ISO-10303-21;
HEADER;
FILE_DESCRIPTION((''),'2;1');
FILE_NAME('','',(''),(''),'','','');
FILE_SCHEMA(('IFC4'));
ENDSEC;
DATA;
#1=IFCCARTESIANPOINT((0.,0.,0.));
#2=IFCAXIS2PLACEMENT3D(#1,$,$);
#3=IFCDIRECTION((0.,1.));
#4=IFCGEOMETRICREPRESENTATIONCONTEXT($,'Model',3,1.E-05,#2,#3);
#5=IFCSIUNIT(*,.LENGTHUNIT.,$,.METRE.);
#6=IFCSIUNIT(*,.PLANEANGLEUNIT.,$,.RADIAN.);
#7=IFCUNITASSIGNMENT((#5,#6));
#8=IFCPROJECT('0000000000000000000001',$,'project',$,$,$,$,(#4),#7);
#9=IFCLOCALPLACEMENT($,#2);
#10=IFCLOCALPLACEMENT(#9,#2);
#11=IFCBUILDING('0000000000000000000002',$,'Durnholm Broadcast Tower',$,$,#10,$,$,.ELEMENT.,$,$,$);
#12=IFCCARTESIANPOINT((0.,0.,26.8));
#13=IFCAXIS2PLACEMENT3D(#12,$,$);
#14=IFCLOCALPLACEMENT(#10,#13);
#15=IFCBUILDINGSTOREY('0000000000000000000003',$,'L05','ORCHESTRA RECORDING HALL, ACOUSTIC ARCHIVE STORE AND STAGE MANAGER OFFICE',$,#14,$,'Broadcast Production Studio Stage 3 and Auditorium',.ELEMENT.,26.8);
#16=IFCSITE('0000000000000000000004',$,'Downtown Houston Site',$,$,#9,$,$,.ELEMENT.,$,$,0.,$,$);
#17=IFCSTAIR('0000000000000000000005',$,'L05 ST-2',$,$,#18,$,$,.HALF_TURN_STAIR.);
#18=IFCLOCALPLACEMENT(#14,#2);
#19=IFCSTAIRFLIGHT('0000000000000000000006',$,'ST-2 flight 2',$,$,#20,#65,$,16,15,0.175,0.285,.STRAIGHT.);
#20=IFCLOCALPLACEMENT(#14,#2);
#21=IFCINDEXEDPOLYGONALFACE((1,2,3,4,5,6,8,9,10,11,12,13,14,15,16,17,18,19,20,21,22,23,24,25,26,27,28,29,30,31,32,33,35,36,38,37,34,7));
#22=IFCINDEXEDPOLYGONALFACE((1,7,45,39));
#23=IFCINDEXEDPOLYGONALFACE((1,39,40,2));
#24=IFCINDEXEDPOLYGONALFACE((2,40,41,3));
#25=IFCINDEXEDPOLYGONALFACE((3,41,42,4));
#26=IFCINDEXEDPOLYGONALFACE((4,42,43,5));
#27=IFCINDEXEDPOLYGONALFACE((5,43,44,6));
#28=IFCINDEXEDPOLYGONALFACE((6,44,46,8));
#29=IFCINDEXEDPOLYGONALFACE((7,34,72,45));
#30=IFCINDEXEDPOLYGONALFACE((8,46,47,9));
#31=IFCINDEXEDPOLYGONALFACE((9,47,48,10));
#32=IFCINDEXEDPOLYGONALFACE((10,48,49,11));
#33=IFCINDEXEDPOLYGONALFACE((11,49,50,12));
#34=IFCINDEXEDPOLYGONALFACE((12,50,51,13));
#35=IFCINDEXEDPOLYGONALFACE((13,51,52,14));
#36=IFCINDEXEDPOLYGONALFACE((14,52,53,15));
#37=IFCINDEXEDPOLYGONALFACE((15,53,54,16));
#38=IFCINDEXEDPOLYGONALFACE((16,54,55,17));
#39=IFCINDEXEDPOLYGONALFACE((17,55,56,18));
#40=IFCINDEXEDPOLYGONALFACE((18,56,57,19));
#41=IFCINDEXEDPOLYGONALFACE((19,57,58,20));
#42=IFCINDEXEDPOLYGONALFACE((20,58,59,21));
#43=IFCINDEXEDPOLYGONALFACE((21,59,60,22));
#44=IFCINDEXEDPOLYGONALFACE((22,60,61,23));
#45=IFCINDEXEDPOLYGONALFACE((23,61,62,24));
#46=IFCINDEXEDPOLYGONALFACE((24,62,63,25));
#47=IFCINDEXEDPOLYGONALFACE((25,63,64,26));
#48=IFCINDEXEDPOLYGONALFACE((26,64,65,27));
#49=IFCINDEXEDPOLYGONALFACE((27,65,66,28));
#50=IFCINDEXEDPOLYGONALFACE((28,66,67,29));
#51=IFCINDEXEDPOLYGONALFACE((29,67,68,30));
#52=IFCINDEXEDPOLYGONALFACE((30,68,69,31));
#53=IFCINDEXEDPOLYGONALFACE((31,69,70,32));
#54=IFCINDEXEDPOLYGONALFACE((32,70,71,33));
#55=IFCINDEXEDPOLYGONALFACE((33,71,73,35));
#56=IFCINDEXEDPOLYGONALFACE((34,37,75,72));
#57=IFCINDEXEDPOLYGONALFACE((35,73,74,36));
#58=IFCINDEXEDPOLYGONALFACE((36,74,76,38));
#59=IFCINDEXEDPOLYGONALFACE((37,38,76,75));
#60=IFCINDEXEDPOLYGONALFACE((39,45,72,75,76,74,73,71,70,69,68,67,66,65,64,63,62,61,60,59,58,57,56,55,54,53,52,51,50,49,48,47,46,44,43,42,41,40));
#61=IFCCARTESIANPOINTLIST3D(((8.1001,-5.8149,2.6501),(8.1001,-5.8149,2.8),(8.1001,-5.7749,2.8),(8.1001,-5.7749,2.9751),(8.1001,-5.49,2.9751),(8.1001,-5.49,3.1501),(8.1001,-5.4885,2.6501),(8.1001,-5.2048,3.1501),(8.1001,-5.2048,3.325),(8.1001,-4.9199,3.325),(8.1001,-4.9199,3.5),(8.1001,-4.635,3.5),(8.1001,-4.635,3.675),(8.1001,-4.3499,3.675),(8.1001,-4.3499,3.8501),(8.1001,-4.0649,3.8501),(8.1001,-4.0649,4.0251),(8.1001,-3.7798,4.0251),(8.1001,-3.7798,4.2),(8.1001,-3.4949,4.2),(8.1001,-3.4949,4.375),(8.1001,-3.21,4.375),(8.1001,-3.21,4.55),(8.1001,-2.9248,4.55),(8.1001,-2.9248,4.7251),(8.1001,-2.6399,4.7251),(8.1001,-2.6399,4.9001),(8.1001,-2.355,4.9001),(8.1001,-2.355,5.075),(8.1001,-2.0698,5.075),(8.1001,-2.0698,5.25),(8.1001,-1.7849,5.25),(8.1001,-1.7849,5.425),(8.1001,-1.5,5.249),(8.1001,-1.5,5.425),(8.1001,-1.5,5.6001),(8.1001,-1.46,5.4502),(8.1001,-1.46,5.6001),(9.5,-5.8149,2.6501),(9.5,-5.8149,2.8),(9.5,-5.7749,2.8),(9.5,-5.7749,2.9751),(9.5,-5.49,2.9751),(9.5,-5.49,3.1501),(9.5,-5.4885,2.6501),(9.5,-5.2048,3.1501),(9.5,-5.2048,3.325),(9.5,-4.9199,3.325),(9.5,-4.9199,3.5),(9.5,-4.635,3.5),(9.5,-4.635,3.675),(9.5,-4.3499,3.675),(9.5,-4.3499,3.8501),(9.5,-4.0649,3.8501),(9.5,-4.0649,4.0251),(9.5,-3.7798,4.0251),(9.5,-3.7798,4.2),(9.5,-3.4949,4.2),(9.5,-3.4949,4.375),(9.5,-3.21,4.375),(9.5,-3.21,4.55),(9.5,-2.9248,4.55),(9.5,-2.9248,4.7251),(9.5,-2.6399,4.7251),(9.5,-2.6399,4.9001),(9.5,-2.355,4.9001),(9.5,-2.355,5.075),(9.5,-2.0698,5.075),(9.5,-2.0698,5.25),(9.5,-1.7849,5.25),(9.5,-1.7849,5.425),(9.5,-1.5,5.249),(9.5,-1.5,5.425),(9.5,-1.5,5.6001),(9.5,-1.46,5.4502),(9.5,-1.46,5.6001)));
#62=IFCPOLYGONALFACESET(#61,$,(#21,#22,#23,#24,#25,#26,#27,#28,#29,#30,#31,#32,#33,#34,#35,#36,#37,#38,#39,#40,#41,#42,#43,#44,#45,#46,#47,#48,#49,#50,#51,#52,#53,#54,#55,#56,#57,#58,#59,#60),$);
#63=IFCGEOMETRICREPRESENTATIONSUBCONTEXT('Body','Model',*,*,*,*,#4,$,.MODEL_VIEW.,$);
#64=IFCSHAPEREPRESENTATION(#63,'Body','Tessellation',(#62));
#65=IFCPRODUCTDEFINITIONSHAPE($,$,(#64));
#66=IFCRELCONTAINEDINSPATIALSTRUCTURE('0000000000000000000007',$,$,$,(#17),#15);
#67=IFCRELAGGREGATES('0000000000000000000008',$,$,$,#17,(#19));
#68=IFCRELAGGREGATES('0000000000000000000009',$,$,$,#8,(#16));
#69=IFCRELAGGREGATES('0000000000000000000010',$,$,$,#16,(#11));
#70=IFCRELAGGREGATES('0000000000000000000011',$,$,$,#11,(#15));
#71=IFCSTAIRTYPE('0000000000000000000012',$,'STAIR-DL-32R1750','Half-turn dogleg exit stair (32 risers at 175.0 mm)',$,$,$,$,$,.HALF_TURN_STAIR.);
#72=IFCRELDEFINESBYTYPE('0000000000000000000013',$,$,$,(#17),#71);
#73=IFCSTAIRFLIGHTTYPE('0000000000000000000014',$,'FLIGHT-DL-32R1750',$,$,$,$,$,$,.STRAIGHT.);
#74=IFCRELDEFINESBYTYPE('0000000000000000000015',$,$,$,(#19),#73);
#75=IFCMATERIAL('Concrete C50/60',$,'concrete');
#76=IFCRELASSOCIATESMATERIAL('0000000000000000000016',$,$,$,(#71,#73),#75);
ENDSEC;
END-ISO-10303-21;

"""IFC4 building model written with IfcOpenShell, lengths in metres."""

from ifc_helpers import new_model, si_unit, direction, frame, origin, place, context, subcontext, project, spatial, polyline, outline, extrude, material, type_object, element, aggregate, save


model = new_model("IFC4")

# Units and contexts
model_context = context("Model", 3, precision=1e-05, world=origin(), true_north=direction((0.0, 1.0)))
body_context = subcontext(model_context, "Body", "Model", "MODEL_VIEW")
ifc_project = project(units=[si_unit("LENGTHUNIT", "METRE"), si_unit("PLANEANGLEUNIT", "RADIAN")], contexts=[model_context])

# Site, building, storey
site_placement = place(None, origin())
site = spatial("IfcSite", under=ifc_project, at=site_placement, Name="Downtown Houston Site", CompositionType="ELEMENT", RefElevation=0.0)
building_placement = place(site_placement, origin())
building = spatial("IfcBuilding", under=site, at=building_placement, Name="Durnholm Broadcast Tower", CompositionType="ELEMENT")
storey_placement = place(building_placement, frame((0.0, 0.0, 26.8)))
storey = spatial("IfcBuildingStorey", under=building, at=storey_placement, Name="L05", Description="ORCHESTRA RECORDING HALL, ACOUSTIC ARCHIVE STORE AND STAGE MANAGER OFFICE", LongName="Broadcast Production Studio Stage 3 and Auditorium", CompositionType="ELEMENT", Elevation=26.8)

# Shared definitions
ifc_material_1 = material(Name="Concrete C50/60", Category="concrete")

# Shared definitions
stair_type = type_object("IfcStairType", Name="STAIR-DL-32R1750", Description="Half-turn dogleg exit stair (32 risers at 175.0 mm)", PredefinedType="HALF_TURN_STAIR", material=ifc_material_1)

# Stair, stair flight
stair_1_placement = place(storey_placement, origin())
stair_1 = element("IfcStair", 1, at=stair_1_placement, inside=storey, type_object=stair_type, Name="L05 ST-2", PredefinedType="HALF_TURN_STAIR")
stair_flight_type = type_object("IfcStairFlightType", Name="FLIGHT-DL-32R1750", PredefinedType="STRAIGHT", material=ifc_material_1)
stair_flight_1_placement = place(storey_placement, frame((8.8, -5.7749, 2.8), z_axis=(0.0, 0.0, 1.0), x_axis=(0.0, 1.0, 0.0)))
stair_flight_1 = element("IfcStairFlight", 2, at=stair_flight_1_placement, type_object=stair_flight_type, Name="ST-2 flight 2", NumberOfRisers=16, NumberOfTreads=15, PredefinedType="STRAIGHT", RiserHeight=0.175, TreadLength=0.285, context=body_context, shape_type="SweptSolid", body=[
    extrude(outline(polyline([(-0.04, -0.1499), (-0.04, 0.0), (0.0, 0.0), (0.0, 0.175), (0.2849, 0.175), (0.2849, 0.3501), (0.5701, 0.3501), (0.5701, 0.5249), (0.855, 0.5249), (0.855, 0.7), (1.1399, 0.7), (1.1399, 0.875), (1.425, 0.875), (1.425, 1.05), (1.71, 1.05), (1.71, 1.2251), (1.9951, 1.2251), (1.9951, 1.3999), (2.28, 1.3999), (2.28, 1.575), (2.5649, 1.575), (2.5649, 1.75), (2.8501, 1.75), (2.8501, 1.925), (3.135, 1.925), (3.135, 2.1001), (3.4199, 2.1001), (3.4199, 2.2749), (3.7051, 2.2749), (3.7051, 2.45), (3.99, 2.45), (3.99, 2.625), (4.2749, 2.625), (4.2749, 2.8), (4.3149, 2.8), (4.3149, 2.6501), (4.2749, 2.449), (0.2864, -0.1499), (-0.04, -0.1499)])), frame((0.0, 0.7, 0.0), z_axis=(0.0, -1.0, 0.0), x_axis=(1.0, 0.0, 0.0)), (0.0, 0.0, 1.0), 1.3999),
])
aggregate(stair_1, [stair_flight_1])

save(model, "model.ifc")
